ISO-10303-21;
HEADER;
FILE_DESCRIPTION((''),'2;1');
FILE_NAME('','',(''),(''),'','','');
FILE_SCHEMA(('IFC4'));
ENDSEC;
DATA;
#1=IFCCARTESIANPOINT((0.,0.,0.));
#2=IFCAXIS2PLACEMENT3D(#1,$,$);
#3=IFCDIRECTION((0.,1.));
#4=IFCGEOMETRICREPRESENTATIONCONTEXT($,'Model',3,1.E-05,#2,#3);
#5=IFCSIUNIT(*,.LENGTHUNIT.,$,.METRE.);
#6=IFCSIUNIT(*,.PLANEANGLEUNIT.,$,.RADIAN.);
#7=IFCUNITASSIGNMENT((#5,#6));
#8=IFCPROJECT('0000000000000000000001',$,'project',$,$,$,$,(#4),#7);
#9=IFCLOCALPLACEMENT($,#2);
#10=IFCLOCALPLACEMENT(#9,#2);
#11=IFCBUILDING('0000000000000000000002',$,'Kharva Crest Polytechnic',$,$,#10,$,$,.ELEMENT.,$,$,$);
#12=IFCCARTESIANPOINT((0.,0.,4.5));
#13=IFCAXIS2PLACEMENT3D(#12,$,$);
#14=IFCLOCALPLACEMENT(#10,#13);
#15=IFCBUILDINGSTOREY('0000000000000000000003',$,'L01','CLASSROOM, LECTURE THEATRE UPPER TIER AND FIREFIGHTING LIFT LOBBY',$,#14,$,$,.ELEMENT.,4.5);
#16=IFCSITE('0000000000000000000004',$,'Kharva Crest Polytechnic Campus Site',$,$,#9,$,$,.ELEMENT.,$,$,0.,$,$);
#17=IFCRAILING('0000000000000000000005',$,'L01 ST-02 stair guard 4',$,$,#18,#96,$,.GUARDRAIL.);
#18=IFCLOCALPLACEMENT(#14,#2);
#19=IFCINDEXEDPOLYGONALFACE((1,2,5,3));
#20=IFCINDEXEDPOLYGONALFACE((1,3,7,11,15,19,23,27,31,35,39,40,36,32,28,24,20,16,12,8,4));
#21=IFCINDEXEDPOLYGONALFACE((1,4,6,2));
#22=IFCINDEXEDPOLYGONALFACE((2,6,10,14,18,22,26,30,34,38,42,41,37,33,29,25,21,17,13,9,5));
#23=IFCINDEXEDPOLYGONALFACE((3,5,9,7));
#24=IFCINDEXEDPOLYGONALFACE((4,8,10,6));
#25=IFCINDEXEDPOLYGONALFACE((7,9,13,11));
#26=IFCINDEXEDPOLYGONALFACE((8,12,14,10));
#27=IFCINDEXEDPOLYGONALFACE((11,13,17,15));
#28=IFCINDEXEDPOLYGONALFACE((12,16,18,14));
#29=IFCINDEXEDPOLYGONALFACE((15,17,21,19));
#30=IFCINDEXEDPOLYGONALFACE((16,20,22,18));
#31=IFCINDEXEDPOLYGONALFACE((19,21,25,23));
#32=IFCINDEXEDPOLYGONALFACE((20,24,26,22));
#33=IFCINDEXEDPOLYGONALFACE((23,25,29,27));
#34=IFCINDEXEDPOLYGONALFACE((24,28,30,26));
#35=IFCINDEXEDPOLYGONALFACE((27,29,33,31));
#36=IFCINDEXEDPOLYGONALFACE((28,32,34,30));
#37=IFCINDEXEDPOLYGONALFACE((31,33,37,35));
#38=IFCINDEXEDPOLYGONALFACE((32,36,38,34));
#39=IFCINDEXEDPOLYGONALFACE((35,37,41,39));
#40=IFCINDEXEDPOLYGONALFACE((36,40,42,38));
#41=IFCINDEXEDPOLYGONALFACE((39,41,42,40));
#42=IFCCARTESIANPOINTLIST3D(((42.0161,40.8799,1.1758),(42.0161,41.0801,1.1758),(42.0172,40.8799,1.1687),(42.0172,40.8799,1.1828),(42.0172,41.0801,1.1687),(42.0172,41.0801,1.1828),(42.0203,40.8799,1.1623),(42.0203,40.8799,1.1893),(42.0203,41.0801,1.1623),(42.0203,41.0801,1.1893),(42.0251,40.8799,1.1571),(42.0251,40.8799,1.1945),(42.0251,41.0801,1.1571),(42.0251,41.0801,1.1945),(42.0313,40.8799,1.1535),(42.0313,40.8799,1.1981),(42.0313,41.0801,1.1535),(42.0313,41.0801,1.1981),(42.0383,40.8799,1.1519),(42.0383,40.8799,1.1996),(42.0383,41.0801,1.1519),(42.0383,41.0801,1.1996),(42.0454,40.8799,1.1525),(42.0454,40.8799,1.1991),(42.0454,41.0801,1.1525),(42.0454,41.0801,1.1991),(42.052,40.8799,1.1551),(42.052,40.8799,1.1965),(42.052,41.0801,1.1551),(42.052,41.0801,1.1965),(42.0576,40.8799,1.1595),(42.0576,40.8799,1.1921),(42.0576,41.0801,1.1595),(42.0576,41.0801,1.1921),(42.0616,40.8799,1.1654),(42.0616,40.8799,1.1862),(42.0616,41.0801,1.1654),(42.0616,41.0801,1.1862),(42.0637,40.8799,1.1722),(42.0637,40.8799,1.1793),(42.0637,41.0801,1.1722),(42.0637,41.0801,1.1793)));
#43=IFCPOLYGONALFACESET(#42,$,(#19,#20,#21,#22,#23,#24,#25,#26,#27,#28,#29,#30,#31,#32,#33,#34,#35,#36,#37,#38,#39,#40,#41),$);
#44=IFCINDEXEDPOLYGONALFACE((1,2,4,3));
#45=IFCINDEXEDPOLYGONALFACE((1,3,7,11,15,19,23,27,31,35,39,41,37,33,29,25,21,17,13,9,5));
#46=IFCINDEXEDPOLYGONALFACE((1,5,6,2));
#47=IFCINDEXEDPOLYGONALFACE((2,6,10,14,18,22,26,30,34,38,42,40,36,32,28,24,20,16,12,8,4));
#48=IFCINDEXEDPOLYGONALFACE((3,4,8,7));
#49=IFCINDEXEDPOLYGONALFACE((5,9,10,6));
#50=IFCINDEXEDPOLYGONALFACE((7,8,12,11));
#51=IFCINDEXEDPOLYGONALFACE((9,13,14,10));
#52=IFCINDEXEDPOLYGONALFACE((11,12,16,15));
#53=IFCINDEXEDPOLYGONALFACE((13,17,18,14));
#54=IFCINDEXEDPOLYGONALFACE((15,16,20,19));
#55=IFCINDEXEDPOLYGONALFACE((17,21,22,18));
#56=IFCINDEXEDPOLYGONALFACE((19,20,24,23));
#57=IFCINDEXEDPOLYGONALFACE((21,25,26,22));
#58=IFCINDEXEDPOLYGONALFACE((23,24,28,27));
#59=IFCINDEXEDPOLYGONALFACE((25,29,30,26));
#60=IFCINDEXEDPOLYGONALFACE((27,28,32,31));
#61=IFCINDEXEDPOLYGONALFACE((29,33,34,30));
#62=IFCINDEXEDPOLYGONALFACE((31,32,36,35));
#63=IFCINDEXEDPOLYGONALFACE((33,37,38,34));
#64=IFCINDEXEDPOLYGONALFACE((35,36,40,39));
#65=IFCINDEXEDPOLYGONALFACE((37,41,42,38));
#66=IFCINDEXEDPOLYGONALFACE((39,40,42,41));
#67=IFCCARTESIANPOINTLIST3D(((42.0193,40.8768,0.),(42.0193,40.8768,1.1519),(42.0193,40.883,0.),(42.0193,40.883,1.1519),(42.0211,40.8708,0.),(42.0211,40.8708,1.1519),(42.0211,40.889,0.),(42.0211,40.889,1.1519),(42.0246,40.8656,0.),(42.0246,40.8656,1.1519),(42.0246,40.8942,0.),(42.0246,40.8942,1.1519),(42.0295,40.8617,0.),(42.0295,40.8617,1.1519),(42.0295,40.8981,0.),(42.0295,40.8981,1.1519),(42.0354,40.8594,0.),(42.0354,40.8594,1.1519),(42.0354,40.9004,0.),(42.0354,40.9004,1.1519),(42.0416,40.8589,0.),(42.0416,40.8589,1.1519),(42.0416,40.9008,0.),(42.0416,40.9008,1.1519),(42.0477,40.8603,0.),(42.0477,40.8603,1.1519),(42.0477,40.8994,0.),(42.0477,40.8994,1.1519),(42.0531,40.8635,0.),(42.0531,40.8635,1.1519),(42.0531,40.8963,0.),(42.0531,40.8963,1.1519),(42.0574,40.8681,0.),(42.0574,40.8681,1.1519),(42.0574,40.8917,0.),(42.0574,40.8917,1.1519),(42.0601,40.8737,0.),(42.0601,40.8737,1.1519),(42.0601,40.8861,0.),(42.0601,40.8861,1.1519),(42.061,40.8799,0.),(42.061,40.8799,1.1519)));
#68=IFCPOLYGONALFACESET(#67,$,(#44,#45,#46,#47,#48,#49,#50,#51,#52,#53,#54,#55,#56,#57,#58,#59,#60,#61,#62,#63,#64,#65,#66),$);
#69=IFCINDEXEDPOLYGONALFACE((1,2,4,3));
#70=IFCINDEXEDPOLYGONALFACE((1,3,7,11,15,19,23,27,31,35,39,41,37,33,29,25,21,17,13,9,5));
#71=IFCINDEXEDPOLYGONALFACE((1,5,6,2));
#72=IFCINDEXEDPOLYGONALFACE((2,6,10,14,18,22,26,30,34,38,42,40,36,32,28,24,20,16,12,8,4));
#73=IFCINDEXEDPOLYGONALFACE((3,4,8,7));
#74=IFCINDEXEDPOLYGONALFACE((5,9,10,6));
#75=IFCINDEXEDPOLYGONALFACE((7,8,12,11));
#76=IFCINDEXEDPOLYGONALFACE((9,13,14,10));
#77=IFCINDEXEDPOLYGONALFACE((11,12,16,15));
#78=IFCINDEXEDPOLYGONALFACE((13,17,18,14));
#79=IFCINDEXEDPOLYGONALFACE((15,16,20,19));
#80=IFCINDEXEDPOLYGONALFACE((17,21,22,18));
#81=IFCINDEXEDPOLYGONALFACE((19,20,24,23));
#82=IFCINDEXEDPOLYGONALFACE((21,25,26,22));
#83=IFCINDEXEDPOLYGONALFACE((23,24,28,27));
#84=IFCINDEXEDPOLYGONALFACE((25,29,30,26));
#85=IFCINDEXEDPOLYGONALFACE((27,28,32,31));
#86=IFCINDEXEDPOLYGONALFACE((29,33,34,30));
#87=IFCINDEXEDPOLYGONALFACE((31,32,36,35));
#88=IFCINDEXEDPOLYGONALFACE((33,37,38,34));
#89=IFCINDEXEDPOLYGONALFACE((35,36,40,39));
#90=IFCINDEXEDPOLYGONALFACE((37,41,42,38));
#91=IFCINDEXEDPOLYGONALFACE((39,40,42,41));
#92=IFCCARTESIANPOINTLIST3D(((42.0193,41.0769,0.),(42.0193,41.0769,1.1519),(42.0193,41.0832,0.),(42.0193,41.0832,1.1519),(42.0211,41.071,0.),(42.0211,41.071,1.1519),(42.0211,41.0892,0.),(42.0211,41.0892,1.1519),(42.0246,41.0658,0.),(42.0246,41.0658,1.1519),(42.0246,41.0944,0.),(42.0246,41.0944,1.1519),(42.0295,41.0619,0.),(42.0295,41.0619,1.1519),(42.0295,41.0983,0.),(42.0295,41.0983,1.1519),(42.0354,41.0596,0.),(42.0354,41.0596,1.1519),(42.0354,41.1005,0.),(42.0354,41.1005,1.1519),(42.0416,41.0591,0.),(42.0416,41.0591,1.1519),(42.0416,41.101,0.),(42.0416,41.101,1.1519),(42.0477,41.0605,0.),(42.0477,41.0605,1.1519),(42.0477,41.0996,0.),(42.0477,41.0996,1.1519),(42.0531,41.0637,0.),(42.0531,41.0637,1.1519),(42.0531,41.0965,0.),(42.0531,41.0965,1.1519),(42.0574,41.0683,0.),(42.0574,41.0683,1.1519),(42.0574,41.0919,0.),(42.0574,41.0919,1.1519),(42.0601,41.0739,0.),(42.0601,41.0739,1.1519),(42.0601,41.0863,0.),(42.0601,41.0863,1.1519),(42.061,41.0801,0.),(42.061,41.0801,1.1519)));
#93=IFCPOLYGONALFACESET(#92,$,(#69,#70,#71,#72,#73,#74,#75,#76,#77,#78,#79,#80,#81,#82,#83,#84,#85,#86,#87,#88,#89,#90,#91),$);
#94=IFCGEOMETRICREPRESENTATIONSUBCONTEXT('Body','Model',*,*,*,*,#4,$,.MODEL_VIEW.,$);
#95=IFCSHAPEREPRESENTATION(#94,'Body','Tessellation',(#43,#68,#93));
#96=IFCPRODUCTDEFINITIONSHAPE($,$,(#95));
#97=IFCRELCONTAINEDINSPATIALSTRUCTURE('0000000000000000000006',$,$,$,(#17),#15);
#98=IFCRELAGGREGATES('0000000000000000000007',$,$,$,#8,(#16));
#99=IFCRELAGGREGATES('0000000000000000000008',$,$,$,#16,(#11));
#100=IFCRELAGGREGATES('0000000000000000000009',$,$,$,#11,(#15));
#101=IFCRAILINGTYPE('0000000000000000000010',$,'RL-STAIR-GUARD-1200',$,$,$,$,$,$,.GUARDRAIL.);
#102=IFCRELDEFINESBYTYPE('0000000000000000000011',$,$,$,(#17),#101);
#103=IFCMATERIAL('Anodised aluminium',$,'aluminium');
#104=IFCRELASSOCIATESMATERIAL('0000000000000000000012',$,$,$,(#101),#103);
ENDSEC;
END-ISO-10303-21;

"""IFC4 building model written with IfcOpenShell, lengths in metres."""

from ifc_helpers import new_model, si_unit, direction, frame, origin, origin_2d, place, context, subcontext, project, spatial, circle, extrude, material, type_object, element, save


model = new_model("IFC4")

# Units and contexts
model_context = context("Model", 3, precision=1e-05, world=origin(), true_north=direction((0.0, 1.0)))
body_context = subcontext(model_context, "Body", "Model", "MODEL_VIEW")
ifc_project = project(units=[si_unit("LENGTHUNIT", "METRE"), si_unit("PLANEANGLEUNIT", "RADIAN")], contexts=[model_context])

# Site, building, storey
site_placement = place(None, origin())
site = spatial("IfcSite", under=ifc_project, at=site_placement, Name="Kharva Crest Polytechnic Campus Site", CompositionType="ELEMENT", RefElevation=0.0)
building_placement = place(site_placement, origin())
building = spatial("IfcBuilding", under=site, at=building_placement, Name="Kharva Crest Polytechnic", CompositionType="ELEMENT")
storey_placement = place(building_placement, frame((0.0, 0.0, 4.5)))
storey = spatial("IfcBuildingStorey", under=building, at=storey_placement, Name="L01", Description="CLASSROOM, LECTURE THEATRE UPPER TIER AND FIREFIGHTING LIFT LOBBY", CompositionType="ELEMENT", Elevation=4.5)

# Railing
ifc_material_1 = material(Name="Anodised aluminium", Category="aluminium")
railing_type_1 = type_object("IfcRailingType", Name="RL-STAIR-GUARD-1200", PredefinedType="GUARDRAIL", material=ifc_material_1)
railing_1_placement = place(storey_placement, frame((42.04, 40.8799, 0.0)))
element("IfcRailing", 1, at=railing_1_placement, inside=storey, type_object=railing_type_1, Name="L01 ST-02 stair guard 4", PredefinedType="GUARDRAIL", context=body_context, shape_type="SweptSolid", body=[
    extrude(circle(Radius=0.0239, at=origin_2d()), frame((0.0, 0.0, 1.1758), z_axis=(0.0, 1.0, 0.0), x_axis=(-1.0, 0.0, 0.0)), (0.0, 0.0, 1.0), 0.2002),
    extrude(circle(Radius=0.021, at=origin_2d()), origin(), (0.0, 0.0, 1.0), 1.1519),
    extrude(circle(Radius=0.021, at=origin_2d()), frame((0.0, 0.2002, 0.0)), (0.0, 0.0, 1.0), 1.1519),
])

save(model, "model.ifc")
